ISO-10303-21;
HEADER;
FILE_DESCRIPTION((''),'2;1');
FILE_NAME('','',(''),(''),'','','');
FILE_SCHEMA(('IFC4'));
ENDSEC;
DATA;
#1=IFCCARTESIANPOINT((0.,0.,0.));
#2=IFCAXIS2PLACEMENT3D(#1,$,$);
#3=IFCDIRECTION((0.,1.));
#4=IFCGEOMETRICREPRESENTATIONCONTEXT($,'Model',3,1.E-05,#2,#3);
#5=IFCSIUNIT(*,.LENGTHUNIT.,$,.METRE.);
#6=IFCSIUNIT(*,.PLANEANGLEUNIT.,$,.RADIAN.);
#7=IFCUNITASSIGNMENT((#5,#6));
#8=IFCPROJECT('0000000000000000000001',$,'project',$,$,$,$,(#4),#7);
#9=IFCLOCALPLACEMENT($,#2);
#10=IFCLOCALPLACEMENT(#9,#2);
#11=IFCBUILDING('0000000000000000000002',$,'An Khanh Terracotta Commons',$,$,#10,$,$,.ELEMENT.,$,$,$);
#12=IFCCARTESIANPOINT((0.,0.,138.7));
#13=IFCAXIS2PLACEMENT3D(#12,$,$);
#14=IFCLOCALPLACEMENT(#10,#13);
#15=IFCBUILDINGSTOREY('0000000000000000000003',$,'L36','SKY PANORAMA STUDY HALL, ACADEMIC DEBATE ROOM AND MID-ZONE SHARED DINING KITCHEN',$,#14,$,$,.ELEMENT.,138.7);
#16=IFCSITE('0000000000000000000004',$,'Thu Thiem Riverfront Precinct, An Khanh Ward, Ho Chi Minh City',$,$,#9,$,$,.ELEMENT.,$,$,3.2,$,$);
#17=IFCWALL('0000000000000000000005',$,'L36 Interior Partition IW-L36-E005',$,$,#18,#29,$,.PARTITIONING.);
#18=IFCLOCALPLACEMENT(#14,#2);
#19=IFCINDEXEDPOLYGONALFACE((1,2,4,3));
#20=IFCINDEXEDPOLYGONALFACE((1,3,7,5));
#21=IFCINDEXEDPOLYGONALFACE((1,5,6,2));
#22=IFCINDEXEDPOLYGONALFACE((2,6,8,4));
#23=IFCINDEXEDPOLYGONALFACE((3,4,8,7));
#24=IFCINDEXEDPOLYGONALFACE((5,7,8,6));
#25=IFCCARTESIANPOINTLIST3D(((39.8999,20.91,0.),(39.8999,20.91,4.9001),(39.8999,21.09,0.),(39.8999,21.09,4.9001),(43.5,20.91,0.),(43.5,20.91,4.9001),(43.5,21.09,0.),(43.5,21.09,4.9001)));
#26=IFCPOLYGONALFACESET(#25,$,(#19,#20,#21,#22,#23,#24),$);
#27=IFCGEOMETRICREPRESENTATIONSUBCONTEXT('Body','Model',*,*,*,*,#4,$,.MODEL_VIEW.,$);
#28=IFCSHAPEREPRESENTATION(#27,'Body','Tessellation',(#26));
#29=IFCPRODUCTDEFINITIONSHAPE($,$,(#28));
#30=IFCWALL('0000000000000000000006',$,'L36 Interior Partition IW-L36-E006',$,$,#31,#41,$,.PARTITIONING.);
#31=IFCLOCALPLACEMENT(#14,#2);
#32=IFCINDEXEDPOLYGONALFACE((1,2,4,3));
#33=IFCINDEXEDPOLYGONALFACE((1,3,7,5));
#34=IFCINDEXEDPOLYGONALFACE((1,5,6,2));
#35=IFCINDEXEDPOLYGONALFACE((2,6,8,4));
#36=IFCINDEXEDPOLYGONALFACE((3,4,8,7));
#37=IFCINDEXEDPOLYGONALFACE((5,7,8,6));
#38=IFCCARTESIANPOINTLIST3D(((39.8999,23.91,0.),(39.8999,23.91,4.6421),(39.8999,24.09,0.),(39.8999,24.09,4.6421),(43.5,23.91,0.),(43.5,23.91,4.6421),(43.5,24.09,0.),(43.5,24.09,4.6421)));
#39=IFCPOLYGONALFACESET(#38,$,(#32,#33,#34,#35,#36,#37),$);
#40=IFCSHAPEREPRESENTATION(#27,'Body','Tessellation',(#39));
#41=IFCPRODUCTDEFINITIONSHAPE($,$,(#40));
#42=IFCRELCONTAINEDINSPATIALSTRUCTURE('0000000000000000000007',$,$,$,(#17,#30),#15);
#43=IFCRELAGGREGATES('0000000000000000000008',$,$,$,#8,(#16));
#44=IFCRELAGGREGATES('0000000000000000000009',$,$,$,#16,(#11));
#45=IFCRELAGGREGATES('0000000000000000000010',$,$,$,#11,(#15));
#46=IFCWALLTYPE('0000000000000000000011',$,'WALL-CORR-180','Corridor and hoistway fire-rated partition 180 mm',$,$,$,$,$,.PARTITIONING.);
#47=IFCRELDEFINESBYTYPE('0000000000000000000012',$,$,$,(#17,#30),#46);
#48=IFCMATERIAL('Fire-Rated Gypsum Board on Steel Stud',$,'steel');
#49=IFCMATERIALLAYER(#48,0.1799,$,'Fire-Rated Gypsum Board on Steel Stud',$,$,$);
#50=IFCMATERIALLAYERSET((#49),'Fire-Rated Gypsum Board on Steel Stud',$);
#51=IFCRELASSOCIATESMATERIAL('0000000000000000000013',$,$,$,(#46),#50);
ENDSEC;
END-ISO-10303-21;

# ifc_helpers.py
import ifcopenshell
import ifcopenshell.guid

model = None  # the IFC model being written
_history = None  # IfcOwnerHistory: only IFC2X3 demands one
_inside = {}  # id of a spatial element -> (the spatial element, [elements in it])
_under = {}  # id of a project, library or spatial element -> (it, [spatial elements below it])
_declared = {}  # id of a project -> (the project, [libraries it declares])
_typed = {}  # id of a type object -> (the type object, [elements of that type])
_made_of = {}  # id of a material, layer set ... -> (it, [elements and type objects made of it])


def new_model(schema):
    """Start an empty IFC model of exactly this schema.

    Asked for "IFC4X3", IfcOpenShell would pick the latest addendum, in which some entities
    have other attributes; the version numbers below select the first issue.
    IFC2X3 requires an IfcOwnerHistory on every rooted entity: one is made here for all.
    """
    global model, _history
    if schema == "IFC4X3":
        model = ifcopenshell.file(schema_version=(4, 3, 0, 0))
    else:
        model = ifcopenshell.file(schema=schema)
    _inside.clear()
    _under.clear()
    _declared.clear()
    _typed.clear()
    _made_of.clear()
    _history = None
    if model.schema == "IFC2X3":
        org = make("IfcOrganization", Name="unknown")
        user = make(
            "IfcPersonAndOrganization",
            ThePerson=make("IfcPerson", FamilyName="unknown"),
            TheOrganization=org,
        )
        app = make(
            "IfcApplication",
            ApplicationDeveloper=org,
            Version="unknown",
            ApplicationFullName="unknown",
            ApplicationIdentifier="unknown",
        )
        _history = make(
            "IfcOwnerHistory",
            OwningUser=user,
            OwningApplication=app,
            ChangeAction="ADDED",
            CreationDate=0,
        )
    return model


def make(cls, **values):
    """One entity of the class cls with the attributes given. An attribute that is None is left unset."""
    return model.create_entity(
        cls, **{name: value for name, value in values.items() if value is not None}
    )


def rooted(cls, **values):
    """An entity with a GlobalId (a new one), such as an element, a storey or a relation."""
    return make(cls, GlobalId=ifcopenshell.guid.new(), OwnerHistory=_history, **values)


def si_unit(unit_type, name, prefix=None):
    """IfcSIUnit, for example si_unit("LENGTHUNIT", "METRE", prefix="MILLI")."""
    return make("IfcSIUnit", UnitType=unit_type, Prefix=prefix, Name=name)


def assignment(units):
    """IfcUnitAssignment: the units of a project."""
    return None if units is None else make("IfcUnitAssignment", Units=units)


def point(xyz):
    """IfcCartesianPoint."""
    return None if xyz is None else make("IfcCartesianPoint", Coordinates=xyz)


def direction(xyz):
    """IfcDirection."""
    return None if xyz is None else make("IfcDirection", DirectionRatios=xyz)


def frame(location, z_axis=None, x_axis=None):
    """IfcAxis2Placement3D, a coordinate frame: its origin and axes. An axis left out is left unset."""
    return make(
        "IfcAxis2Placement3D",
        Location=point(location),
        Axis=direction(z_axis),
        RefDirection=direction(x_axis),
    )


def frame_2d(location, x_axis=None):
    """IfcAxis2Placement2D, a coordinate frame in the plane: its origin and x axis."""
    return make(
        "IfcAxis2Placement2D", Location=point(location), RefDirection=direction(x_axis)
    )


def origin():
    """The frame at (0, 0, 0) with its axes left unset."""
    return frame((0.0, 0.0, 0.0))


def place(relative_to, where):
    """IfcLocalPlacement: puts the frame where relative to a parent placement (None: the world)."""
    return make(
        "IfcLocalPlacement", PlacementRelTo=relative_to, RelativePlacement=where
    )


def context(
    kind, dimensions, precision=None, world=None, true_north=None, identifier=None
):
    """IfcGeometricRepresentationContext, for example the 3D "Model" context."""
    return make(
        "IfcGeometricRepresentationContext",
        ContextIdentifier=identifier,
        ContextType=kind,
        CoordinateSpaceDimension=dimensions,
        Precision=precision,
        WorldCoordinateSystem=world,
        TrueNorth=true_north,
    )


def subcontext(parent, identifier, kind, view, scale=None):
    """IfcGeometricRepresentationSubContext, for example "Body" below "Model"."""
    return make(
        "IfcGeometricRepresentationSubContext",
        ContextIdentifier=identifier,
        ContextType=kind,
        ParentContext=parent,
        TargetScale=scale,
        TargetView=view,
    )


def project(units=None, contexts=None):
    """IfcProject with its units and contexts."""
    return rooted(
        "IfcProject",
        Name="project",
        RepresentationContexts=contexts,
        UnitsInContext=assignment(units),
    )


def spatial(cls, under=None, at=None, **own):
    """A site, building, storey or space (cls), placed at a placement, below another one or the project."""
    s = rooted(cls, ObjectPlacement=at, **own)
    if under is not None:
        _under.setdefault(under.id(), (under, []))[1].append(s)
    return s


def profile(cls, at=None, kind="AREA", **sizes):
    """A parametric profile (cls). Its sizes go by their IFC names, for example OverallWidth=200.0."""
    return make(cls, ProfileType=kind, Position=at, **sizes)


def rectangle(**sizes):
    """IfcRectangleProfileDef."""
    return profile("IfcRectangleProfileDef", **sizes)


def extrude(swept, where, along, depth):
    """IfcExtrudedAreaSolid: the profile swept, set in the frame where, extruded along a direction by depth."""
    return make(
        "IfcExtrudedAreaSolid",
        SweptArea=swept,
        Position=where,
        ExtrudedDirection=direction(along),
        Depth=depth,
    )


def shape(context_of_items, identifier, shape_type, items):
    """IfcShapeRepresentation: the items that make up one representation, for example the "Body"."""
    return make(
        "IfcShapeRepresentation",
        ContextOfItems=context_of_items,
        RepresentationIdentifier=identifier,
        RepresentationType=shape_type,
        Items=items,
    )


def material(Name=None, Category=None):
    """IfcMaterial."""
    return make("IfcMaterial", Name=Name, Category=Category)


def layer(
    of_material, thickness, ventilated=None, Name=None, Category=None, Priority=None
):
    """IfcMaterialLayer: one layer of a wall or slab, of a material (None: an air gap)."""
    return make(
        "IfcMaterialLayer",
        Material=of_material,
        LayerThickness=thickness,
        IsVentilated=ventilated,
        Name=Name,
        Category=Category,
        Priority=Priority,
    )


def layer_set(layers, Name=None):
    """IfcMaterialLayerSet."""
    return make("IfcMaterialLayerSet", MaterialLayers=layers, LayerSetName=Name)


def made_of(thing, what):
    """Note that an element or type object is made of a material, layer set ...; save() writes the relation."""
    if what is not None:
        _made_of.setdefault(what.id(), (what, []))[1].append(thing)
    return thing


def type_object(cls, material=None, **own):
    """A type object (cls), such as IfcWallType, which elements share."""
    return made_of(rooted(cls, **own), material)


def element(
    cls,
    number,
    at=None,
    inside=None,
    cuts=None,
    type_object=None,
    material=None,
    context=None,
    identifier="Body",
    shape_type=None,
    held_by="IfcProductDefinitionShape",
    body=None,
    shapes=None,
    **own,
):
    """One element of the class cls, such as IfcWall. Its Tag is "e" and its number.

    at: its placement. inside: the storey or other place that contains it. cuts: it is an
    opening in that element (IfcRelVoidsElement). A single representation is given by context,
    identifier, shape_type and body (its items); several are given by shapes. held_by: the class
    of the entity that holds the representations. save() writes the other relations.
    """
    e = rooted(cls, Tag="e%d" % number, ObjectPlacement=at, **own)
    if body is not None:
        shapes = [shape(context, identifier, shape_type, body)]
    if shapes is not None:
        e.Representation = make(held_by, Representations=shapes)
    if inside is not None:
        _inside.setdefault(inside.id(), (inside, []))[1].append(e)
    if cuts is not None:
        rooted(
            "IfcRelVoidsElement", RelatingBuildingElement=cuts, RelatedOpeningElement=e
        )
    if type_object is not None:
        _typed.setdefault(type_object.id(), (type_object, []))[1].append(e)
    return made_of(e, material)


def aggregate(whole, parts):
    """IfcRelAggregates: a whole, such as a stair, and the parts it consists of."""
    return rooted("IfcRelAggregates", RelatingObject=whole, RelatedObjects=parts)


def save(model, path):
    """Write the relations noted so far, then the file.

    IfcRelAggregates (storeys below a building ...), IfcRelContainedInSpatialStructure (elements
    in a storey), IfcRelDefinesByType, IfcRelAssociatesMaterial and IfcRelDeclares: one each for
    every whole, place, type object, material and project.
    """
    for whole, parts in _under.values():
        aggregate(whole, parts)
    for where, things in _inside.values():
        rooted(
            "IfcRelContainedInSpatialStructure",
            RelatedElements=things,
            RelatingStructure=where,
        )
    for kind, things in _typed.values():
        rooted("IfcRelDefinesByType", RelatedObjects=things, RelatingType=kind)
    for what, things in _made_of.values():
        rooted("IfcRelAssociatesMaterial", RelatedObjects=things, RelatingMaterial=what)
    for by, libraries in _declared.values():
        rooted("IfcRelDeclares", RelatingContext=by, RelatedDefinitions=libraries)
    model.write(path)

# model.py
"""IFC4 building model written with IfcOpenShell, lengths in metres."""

from ifc_helpers import new_model, si_unit, direction, frame, frame_2d, origin, place, context, subcontext, project, spatial, rectangle, extrude, material, layer, layer_set, type_object, element, save


model = new_model("IFC4")

# Units and contexts
model_context = context("Model", 3, precision=1e-05, world=origin(), true_north=direction((0.0, 1.0)))
body_context = subcontext(model_context, "Body", "Model", "MODEL_VIEW")
ifc_project = project(units=[si_unit("LENGTHUNIT", "METRE"), si_unit("PLANEANGLEUNIT", "RADIAN")], contexts=[model_context])

# Site, building, storey
site_placement = place(None, origin())
site = spatial("IfcSite", under=ifc_project, at=site_placement, Name="Thu Thiem Riverfront Precinct, An Khanh Ward, Ho Chi Minh City", CompositionType="ELEMENT", RefElevation=3.2)
building_placement = place(site_placement, origin())
building = spatial("IfcBuilding", under=site, at=building_placement, Name="An Khanh Terracotta Commons", CompositionType="ELEMENT")
storey_placement = place(building_placement, frame((0.0, 0.0, 138.7)))
storey = spatial("IfcBuildingStorey", under=building, at=storey_placement, Name="L36", Description="SKY PANORAMA STUDY HALL, ACADEMIC DEBATE ROOM AND MID-ZONE SHARED DINING KITCHEN", CompositionType="ELEMENT", Elevation=138.7)

# Shared definitions
ifc_material_1 = material(Name="Fire-Rated Gypsum Board on Steel Stud", Category="steel")
ifc_layer = layer(ifc_material_1, 0.1799, Name="Fire-Rated Gypsum Board on Steel Stud")
ifc_layer_set = layer_set([ifc_layer], Name="Fire-Rated Gypsum Board on Steel Stud")
wall_type = type_object("IfcWallType", Name="WALL-CORR-180", Description="Corridor and hoistway fire-rated partition 180 mm", PredefinedType="PARTITIONING", material=ifc_layer_set)

# Walls
wall_1_placement = place(storey_placement, frame((39.8999, 21.0, 0.0), z_axis=(0.0, 0.0, 1.0), x_axis=(1.0, 0.0, 0.0)))
element("IfcWall", 1, at=wall_1_placement, inside=storey, type_object=wall_type, Name="L36 Interior Partition IW-L36-E005", PredefinedType="PARTITIONING", context=body_context, shape_type="SweptSolid", body=[
    extrude(rectangle(XDim=3.6001, YDim=0.1799, at=frame_2d((1.8, 0.0))), origin(), (0.0, 0.0, 1.0), 4.9001),
])
wall_2_placement = place(storey_placement, frame((39.8999, 24.0, 0.0), z_axis=(0.0, 0.0, 1.0), x_axis=(1.0, 0.0, 0.0)))
element("IfcWall", 2, at=wall_2_placement, inside=storey, type_object=wall_type, Name="L36 Interior Partition IW-L36-E006", PredefinedType="PARTITIONING", context=body_context, shape_type="SweptSolid", body=[
    extrude(rectangle(XDim=3.6001, YDim=0.1799, at=frame_2d((1.8, 0.0))), origin(), (0.0, 0.0, 1.0), 4.6421),
])

save(model, "model.ifc")
